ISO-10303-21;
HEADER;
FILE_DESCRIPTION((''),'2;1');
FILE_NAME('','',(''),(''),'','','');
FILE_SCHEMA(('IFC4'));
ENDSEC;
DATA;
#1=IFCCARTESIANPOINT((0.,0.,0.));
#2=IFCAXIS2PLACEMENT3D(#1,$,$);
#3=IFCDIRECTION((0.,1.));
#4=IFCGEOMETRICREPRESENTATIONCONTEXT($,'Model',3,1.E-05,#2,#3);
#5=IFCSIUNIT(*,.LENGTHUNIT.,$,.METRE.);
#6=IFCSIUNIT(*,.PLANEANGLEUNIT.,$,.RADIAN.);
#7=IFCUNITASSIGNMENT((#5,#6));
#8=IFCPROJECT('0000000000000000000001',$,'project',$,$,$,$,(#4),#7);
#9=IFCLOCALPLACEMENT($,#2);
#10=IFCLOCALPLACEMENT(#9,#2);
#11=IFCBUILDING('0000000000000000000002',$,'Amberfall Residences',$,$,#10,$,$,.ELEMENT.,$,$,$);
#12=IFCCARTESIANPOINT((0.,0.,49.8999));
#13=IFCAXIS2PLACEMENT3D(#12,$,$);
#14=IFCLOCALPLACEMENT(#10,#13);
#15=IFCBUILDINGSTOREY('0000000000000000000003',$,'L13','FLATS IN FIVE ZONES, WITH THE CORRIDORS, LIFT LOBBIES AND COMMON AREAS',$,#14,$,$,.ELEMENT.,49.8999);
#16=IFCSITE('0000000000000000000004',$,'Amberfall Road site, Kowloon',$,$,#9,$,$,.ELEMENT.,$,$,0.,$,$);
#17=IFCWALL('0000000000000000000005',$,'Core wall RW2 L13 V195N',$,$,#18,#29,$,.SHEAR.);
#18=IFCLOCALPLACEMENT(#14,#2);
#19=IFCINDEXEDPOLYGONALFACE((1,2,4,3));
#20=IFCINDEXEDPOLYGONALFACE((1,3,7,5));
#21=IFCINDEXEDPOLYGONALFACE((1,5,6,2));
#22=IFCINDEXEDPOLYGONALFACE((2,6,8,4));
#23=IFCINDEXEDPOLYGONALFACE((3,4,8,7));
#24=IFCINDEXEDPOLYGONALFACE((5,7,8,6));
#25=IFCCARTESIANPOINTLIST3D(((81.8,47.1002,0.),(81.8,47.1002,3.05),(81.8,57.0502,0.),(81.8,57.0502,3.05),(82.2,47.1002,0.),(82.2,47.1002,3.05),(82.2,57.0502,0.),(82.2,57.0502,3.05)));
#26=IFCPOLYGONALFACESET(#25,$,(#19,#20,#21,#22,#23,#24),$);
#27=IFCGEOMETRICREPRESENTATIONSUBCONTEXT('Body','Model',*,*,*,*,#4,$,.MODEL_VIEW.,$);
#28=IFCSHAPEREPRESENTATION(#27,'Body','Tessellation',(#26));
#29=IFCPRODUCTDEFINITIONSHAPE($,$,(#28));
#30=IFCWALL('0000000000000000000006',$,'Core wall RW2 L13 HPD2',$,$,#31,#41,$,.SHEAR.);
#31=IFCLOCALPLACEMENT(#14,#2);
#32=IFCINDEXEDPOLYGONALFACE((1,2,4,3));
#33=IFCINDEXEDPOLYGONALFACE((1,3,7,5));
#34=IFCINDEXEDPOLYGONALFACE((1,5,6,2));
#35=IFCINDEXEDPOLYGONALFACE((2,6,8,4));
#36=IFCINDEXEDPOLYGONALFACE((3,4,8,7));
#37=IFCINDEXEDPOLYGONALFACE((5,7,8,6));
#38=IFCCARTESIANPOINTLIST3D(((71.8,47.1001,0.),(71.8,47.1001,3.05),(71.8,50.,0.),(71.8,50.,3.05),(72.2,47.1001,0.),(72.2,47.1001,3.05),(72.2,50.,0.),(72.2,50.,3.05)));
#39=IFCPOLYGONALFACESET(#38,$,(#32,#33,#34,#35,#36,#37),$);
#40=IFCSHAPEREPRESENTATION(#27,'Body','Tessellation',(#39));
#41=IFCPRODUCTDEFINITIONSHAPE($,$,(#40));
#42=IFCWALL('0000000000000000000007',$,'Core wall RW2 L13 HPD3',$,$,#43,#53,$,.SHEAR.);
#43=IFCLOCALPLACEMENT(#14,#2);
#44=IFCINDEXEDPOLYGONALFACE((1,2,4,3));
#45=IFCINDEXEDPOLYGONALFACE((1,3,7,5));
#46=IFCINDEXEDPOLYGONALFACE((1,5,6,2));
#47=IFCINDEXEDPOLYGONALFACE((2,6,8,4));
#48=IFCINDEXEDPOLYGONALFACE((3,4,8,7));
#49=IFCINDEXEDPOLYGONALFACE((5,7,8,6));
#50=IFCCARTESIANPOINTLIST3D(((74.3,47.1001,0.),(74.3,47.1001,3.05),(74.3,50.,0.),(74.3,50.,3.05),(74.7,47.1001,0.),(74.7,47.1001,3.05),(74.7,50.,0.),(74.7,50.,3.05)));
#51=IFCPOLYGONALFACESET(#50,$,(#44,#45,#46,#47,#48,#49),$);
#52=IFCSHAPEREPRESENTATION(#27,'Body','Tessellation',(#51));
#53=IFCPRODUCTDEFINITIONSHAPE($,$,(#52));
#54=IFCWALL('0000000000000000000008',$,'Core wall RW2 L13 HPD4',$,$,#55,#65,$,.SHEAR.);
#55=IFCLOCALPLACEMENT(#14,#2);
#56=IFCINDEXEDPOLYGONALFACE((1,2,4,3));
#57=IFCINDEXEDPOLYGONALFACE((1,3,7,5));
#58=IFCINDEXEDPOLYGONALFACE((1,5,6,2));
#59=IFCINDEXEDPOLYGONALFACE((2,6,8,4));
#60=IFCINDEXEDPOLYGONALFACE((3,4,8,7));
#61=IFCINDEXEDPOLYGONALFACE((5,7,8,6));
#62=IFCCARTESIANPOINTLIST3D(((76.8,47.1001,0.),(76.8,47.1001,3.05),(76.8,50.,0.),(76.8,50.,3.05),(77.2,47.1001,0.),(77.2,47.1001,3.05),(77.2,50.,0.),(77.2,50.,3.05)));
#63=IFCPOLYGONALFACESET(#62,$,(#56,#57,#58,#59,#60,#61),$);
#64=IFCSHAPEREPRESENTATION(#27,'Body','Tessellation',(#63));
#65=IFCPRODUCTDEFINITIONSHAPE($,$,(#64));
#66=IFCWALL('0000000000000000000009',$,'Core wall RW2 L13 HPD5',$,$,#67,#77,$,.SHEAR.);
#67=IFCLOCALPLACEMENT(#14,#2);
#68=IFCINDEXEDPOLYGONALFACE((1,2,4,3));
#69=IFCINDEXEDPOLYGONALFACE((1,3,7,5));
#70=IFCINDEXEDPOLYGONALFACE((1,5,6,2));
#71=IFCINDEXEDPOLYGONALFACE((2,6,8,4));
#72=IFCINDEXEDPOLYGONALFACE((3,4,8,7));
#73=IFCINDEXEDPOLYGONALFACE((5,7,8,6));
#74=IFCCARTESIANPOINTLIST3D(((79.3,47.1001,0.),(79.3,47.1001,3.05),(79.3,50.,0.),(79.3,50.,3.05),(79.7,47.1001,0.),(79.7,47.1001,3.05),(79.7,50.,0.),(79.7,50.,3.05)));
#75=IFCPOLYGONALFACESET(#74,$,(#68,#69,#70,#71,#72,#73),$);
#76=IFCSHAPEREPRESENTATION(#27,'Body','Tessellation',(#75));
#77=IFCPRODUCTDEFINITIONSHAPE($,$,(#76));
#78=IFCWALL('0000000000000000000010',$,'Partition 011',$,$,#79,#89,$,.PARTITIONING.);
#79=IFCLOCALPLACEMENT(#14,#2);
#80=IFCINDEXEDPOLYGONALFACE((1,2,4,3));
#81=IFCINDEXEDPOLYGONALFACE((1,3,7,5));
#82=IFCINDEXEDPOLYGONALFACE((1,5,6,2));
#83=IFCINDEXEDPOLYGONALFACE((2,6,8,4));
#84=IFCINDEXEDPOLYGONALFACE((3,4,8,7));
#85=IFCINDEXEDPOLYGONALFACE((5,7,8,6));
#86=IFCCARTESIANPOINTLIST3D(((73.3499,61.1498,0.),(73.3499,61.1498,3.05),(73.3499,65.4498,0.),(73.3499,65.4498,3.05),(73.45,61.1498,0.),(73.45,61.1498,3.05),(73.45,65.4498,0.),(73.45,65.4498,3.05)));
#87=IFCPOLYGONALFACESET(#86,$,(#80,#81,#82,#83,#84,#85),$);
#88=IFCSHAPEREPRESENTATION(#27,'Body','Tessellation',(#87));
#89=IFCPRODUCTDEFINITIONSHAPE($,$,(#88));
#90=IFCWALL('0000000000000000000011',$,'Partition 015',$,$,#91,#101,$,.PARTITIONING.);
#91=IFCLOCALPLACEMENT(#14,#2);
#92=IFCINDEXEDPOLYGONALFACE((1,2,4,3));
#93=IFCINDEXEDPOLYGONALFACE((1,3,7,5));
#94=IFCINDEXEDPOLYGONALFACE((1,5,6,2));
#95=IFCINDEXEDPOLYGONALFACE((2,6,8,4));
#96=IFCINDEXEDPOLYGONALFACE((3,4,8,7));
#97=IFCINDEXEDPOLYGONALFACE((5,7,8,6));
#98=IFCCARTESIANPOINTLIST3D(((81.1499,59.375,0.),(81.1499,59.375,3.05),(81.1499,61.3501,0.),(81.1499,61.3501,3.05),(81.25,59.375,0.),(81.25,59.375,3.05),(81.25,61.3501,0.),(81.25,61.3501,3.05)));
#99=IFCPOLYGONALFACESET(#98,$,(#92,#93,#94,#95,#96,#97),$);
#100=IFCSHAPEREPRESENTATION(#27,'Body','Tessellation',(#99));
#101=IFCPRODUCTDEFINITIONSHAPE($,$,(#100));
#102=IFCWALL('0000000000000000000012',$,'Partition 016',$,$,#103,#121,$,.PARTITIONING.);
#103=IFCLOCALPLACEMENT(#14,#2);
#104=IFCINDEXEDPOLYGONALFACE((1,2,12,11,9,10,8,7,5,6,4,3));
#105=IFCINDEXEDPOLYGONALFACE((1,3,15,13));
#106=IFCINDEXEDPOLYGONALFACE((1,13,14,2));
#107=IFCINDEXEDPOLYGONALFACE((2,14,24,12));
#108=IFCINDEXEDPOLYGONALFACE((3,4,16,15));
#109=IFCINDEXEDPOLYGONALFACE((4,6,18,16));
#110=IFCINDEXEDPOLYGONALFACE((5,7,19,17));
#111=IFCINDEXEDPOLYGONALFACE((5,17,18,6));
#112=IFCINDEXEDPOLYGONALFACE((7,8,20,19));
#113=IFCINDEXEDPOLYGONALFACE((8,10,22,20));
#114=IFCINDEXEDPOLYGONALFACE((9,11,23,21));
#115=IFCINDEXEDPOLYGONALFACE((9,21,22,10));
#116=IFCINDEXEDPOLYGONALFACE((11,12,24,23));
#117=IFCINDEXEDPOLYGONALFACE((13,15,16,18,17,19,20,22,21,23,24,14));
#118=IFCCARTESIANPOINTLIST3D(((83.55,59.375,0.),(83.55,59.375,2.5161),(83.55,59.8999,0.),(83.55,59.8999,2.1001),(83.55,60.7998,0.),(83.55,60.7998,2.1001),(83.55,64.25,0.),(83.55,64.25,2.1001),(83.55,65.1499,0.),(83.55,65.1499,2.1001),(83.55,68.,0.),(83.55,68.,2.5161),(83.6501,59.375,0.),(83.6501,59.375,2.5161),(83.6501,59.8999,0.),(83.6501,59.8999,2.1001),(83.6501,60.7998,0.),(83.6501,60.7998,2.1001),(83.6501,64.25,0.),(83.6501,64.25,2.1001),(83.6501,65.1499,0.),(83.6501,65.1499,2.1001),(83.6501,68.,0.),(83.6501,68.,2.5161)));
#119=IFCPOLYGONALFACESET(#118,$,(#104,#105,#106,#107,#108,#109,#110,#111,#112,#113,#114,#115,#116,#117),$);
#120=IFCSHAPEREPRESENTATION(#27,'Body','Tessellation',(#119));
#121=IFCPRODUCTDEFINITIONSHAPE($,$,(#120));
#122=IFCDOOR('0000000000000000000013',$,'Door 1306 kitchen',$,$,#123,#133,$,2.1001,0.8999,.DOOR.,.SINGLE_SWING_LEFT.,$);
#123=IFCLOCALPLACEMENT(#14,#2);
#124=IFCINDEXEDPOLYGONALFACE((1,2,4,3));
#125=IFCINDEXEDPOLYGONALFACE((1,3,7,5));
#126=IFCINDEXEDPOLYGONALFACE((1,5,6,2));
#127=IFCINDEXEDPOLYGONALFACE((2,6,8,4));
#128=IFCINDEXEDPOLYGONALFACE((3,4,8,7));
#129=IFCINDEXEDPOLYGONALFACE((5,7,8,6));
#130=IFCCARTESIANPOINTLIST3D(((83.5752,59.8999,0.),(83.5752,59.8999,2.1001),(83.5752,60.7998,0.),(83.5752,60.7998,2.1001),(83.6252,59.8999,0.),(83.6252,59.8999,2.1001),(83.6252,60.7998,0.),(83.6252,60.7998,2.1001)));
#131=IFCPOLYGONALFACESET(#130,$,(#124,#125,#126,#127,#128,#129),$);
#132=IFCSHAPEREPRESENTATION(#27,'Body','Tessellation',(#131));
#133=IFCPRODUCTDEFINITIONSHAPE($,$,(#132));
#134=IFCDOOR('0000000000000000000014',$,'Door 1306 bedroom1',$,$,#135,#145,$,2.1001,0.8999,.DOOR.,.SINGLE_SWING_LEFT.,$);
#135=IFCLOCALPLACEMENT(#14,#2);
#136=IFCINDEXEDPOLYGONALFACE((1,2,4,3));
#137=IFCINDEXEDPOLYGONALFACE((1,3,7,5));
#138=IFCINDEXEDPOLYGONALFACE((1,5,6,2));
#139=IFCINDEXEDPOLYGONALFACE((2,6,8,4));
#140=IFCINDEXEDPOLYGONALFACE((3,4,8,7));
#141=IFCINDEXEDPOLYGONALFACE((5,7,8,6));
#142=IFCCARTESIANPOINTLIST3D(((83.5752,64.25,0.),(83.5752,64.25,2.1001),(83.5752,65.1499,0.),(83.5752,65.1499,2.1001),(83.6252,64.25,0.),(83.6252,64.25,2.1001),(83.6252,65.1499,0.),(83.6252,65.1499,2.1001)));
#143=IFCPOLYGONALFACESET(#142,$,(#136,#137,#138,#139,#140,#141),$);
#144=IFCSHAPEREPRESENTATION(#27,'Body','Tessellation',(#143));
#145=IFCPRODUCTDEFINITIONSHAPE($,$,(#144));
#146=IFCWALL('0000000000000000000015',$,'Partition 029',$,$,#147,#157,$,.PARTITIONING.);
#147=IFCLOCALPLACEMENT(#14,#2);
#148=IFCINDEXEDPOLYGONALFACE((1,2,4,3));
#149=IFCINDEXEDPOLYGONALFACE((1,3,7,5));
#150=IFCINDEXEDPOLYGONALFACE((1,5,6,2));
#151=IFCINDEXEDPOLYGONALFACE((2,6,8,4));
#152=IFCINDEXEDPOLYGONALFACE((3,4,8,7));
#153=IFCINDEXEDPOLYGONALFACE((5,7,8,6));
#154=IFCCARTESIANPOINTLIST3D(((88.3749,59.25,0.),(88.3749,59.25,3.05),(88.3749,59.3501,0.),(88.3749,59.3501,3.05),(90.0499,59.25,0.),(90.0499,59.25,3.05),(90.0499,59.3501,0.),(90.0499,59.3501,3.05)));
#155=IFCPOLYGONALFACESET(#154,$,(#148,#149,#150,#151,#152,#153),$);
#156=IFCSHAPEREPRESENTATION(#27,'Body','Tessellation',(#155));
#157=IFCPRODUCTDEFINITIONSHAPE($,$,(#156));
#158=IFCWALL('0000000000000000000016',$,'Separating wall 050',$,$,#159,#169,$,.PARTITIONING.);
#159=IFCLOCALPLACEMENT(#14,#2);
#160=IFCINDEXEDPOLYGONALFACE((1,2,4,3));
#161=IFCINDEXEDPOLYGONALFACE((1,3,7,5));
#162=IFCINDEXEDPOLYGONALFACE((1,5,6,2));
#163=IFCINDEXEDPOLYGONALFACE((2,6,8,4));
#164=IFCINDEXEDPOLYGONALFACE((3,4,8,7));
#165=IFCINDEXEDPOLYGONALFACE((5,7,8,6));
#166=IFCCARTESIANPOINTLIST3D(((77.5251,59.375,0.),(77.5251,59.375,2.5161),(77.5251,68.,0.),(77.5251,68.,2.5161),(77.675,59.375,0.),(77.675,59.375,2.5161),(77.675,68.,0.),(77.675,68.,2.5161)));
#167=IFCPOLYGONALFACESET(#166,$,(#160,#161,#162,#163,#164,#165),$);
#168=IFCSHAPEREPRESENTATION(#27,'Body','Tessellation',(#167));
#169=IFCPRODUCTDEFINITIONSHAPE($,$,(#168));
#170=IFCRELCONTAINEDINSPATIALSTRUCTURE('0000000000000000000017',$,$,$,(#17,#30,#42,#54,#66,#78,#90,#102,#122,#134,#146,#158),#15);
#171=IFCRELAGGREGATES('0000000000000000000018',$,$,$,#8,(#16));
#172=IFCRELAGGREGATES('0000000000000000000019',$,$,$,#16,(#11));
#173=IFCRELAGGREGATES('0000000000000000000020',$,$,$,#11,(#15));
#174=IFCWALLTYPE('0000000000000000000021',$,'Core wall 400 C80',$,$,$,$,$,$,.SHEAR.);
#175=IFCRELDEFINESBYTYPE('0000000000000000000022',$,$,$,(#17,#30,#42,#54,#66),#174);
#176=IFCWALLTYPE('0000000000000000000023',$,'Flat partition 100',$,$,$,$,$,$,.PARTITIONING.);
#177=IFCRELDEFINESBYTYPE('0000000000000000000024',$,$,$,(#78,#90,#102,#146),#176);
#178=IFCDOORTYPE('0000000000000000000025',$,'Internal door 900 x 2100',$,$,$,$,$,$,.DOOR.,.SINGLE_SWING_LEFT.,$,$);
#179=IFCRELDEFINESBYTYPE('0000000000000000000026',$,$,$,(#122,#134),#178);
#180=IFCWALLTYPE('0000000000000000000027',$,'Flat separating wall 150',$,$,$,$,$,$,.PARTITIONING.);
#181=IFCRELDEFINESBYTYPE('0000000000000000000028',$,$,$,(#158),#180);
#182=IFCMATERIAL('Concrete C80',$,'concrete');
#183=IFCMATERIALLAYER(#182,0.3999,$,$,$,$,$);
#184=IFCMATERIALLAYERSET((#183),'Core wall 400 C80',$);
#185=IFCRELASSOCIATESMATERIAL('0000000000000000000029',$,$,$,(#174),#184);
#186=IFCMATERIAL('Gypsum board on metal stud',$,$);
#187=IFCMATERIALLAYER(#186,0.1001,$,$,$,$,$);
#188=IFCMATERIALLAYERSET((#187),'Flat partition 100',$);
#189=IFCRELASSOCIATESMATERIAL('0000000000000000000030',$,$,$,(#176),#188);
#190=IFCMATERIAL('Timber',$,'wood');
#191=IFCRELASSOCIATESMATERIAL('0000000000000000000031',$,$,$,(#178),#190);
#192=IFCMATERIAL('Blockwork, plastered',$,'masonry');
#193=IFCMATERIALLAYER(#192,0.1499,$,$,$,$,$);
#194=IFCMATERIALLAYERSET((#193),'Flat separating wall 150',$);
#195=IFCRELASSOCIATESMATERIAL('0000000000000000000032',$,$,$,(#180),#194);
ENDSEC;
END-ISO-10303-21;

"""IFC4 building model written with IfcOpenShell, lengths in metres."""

from ifc_helpers import new_model, si_unit, direction, frame, frame_2d, origin, place, context, subcontext, project, spatial, rectangle, extrude, material, layer, layer_set, type_object, element, fill, save


model = new_model("IFC4")

# Units and contexts
model_context = context("Model", 3, precision=1e-05, world=origin(), true_north=direction((0.0, 1.0)))
body_context = subcontext(model_context, "Body", "Model", "MODEL_VIEW")
ifc_project = project(units=[si_unit("LENGTHUNIT", "METRE"), si_unit("PLANEANGLEUNIT", "RADIAN")], contexts=[model_context])

# Site, building, storey
site_placement = place(None, origin())
site = spatial("IfcSite", under=ifc_project, at=site_placement, Name="Amberfall Road site, Kowloon", CompositionType="ELEMENT", RefElevation=0.0)
building_placement = place(site_placement, origin())
building = spatial("IfcBuilding", under=site, at=building_placement, Name="Amberfall Residences", CompositionType="ELEMENT")
storey_placement = place(building_placement, frame((0.0, 0.0, 49.8999)))
storey = spatial("IfcBuildingStorey", under=building, at=storey_placement, Name="L13", Description="FLATS IN FIVE ZONES, WITH THE CORRIDORS, LIFT LOBBIES AND COMMON AREAS", CompositionType="ELEMENT", Elevation=49.8999)

# Walls
ifc_material_1 = material(Name="Concrete C80", Category="concrete")
ifc_layer_1 = layer(ifc_material_1, 0.3999)
ifc_layer_set_1 = layer_set([ifc_layer_1], Name="Core wall 400 C80")
wall_type_1 = type_object("IfcWallType", Name="Core wall 400 C80", PredefinedType="SHEAR", material=ifc_layer_set_1)
wall_1_placement = place(storey_placement, frame((82.0, 47.1001, 0.0), z_axis=(0.0, 0.0, 1.0), x_axis=(0.0, 1.0, 0.0)))
element("IfcWall", 1, at=wall_1_placement, inside=storey, type_object=wall_type_1, Name="Core wall RW2 L13 V195N", PredefinedType="SHEAR", context=body_context, shape_type="SweptSolid", body=[
    extrude(rectangle(XDim=9.95, YDim=0.3999, at=frame_2d((4.9751, 0.0))), origin(), (0.0, 0.0, 1.0), 3.05),
])
for number, where, z_axis, x_axis, name in (
    (2, (72.0, 47.1001, 0.0), (0.0, 0.0, 1.0), (0.0, 1.0, 0.0), "Core wall RW2 L13 HPD2"),
    (3, (74.5, 47.1001, 0.0), (0.0, 0.0, 1.0), (0.0, 1.0, 0.0), "Core wall RW2 L13 HPD3"),
    (4, (77.0, 47.1001, 0.0), (0.0, 0.0, 1.0), (0.0, 1.0, 0.0), "Core wall RW2 L13 HPD4"),
    (5, (79.5, 47.1001, 0.0), (0.0, 0.0, 1.0), (0.0, 1.0, 0.0), "Core wall RW2 L13 HPD5"),
):
    element("IfcWall", number, at=place(storey_placement, frame(where, z_axis=z_axis, x_axis=x_axis)), inside=storey, type_object=wall_type_1, Name=name, PredefinedType="SHEAR", context=body_context, shape_type="SweptSolid", body=[
        extrude(rectangle(XDim=2.8999, YDim=0.3999, at=frame_2d((1.45, 0.0))), origin(), (0.0, 0.0, 1.0), 3.05),
    ])
ifc_material_2 = material(Name="Gypsum board on metal stud")
ifc_layer_2 = layer(ifc_material_2, 0.1001)
ifc_layer_set_2 = layer_set([ifc_layer_2], Name="Flat partition 100")
wall_type_2 = type_object("IfcWallType", Name="Flat partition 100", PredefinedType="PARTITIONING", material=ifc_layer_set_2)
wall_2_placement = place(storey_placement, frame((73.3999, 61.1499, 0.0), z_axis=(0.0, 0.0, 1.0), x_axis=(0.0, 1.0, 0.0)))
element("IfcWall", 6, at=wall_2_placement, inside=storey, type_object=wall_type_2, Name="Partition 011", PredefinedType="PARTITIONING", context=body_context, shape_type="SweptSolid", body=[
    extrude(rectangle(XDim=4.3, YDim=0.1001, at=frame_2d((2.1499, 0.0))), origin(), (0.0, 0.0, 1.0), 3.05),
])
wall_3_placement = place(storey_placement, frame((81.2, 59.375, 0.0), z_axis=(0.0, 0.0, 1.0), x_axis=(0.0, 1.0, 0.0)))
element("IfcWall", 7, at=wall_3_placement, inside=storey, type_object=wall_type_2, Name="Partition 015", PredefinedType="PARTITIONING", context=body_context, shape_type="SweptSolid", body=[
    extrude(rectangle(XDim=1.9751, YDim=0.1001, at=frame_2d((0.9875, 0.0))), origin(), (0.0, 0.0, 1.0), 3.05),
])

# Wall, openings, doors
wall_4_placement = place(storey_placement, frame((83.6001, 59.375, 0.0), z_axis=(0.0, 0.0, 1.0), x_axis=(0.0, 1.0, 0.0)))
wall_4 = element("IfcWall", 8, at=wall_4_placement, inside=storey, type_object=wall_type_2, Name="Partition 016", PredefinedType="PARTITIONING", context=body_context, shape_type="SweptSolid", body=[
    extrude(rectangle(XDim=8.625, YDim=0.1001, at=frame_2d((4.3125, 0.0))), origin(), (0.0, 0.0, 1.0), 2.5161),
])
opening_1_placement = place(wall_4_placement, frame((0.5249, 0.0, 0.0)))
opening_1 = element("IfcOpeningElement", 9, at=opening_1_placement, cuts=wall_4, PredefinedType="OPENING", context=body_context, shape_type="SweptSolid", body=[
    extrude(rectangle(XDim=0.8999, YDim=2.1001, at=frame_2d((0.45, 1.05))), frame((0.0, 0.0601, 0.0), z_axis=(0.0, -1.0, 0.0), x_axis=(1.0, 0.0, 0.0)), (0.0, 0.0, 1.0), 0.1201),
])
opening_2_placement = place(wall_4_placement, frame((4.875, 0.0, 0.0)))
opening_2 = element("IfcOpeningElement", 10, at=opening_2_placement, cuts=wall_4, PredefinedType="OPENING", context=body_context, shape_type="SweptSolid", body=[
    extrude(rectangle(XDim=0.8999, YDim=2.1001, at=frame_2d((0.45, 1.05))), frame((0.0, 0.0601, 0.0), z_axis=(0.0, -1.0, 0.0), x_axis=(1.0, 0.0, 0.0)), (0.0, 0.0, 1.0), 0.1201),
])
ifc_material_3 = material(Name="Timber", Category="wood")
door_type_1 = type_object("IfcDoorType", Name="Internal door 900 x 2100", OperationType="SINGLE_SWING_LEFT", PredefinedType="DOOR", material=ifc_material_3)
door_1_placement = place(opening_1_placement, origin())
door_1 = element("IfcDoor", 11, at=door_1_placement, inside=storey, type_object=door_type_1, Name="Door 1306 kitchen", OperationType="SINGLE_SWING_LEFT", OverallHeight=2.1001, OverallWidth=0.8999, PredefinedType="DOOR", context=body_context, shape_type="SweptSolid", body=[
    extrude(rectangle(XDim=0.8999, YDim=2.1001, at=frame_2d((0.45, 1.05))), frame((0.0, 0.0249, 0.0), z_axis=(0.0, -1.0, 0.0), x_axis=(1.0, 0.0, 0.0)), (0.0, 0.0, 1.0), 0.05),
])
fill(opening_1, door_1)
door_2_placement = place(opening_2_placement, origin())
door_2 = element("IfcDoor", 12, at=door_2_placement, inside=storey, type_object=door_type_1, Name="Door 1306 bedroom1", OperationType="SINGLE_SWING_LEFT", OverallHeight=2.1001, OverallWidth=0.8999, PredefinedType="DOOR", context=body_context, shape_type="SweptSolid", body=[
    extrude(rectangle(XDim=0.8999, YDim=2.1001, at=frame_2d((0.45, 1.05))), frame((0.0, 0.0249, 0.0), z_axis=(0.0, -1.0, 0.0), x_axis=(1.0, 0.0, 0.0)), (0.0, 0.0, 1.0), 0.05),
])
fill(opening_2, door_2)

# Walls
wall_5_placement = place(storey_placement, frame((88.375, 59.3, 0.0), z_axis=(0.0, 0.0, 1.0), x_axis=(1.0, 0.0, 0.0)))
element("IfcWall", 13, at=wall_5_placement, inside=storey, type_object=wall_type_2, Name="Partition 029", PredefinedType="PARTITIONING", context=body_context, shape_type="SweptSolid", body=[
    extrude(rectangle(XDim=1.675, YDim=0.1001, at=frame_2d((0.8374, 0.0))), origin(), (0.0, 0.0, 1.0), 3.05),
])
ifc_material_4 = material(Name="Blockwork, plastered", Category="masonry")
ifc_layer_3 = layer(ifc_material_4, 0.1499)
ifc_layer_set_3 = layer_set([ifc_layer_3], Name="Flat separating wall 150")
wall_type_3 = type_object("IfcWallType", Name="Flat separating wall 150", PredefinedType="PARTITIONING", material=ifc_layer_set_3)
wall_6_placement = place(storey_placement, frame((77.6001, 59.375, 0.0), z_axis=(0.0, 0.0, 1.0), x_axis=(0.0, 1.0, 0.0)))
element("IfcWall", 14, at=wall_6_placement, inside=storey, type_object=wall_type_3, Name="Separating wall 050", PredefinedType="PARTITIONING", context=body_context, shape_type="SweptSolid", body=[
    extrude(rectangle(XDim=8.625, YDim=0.1499, at=frame_2d((4.3125, 0.0))), origin(), (0.0, 0.0, 1.0), 2.5161),
])

save(model, "model.ifc")
